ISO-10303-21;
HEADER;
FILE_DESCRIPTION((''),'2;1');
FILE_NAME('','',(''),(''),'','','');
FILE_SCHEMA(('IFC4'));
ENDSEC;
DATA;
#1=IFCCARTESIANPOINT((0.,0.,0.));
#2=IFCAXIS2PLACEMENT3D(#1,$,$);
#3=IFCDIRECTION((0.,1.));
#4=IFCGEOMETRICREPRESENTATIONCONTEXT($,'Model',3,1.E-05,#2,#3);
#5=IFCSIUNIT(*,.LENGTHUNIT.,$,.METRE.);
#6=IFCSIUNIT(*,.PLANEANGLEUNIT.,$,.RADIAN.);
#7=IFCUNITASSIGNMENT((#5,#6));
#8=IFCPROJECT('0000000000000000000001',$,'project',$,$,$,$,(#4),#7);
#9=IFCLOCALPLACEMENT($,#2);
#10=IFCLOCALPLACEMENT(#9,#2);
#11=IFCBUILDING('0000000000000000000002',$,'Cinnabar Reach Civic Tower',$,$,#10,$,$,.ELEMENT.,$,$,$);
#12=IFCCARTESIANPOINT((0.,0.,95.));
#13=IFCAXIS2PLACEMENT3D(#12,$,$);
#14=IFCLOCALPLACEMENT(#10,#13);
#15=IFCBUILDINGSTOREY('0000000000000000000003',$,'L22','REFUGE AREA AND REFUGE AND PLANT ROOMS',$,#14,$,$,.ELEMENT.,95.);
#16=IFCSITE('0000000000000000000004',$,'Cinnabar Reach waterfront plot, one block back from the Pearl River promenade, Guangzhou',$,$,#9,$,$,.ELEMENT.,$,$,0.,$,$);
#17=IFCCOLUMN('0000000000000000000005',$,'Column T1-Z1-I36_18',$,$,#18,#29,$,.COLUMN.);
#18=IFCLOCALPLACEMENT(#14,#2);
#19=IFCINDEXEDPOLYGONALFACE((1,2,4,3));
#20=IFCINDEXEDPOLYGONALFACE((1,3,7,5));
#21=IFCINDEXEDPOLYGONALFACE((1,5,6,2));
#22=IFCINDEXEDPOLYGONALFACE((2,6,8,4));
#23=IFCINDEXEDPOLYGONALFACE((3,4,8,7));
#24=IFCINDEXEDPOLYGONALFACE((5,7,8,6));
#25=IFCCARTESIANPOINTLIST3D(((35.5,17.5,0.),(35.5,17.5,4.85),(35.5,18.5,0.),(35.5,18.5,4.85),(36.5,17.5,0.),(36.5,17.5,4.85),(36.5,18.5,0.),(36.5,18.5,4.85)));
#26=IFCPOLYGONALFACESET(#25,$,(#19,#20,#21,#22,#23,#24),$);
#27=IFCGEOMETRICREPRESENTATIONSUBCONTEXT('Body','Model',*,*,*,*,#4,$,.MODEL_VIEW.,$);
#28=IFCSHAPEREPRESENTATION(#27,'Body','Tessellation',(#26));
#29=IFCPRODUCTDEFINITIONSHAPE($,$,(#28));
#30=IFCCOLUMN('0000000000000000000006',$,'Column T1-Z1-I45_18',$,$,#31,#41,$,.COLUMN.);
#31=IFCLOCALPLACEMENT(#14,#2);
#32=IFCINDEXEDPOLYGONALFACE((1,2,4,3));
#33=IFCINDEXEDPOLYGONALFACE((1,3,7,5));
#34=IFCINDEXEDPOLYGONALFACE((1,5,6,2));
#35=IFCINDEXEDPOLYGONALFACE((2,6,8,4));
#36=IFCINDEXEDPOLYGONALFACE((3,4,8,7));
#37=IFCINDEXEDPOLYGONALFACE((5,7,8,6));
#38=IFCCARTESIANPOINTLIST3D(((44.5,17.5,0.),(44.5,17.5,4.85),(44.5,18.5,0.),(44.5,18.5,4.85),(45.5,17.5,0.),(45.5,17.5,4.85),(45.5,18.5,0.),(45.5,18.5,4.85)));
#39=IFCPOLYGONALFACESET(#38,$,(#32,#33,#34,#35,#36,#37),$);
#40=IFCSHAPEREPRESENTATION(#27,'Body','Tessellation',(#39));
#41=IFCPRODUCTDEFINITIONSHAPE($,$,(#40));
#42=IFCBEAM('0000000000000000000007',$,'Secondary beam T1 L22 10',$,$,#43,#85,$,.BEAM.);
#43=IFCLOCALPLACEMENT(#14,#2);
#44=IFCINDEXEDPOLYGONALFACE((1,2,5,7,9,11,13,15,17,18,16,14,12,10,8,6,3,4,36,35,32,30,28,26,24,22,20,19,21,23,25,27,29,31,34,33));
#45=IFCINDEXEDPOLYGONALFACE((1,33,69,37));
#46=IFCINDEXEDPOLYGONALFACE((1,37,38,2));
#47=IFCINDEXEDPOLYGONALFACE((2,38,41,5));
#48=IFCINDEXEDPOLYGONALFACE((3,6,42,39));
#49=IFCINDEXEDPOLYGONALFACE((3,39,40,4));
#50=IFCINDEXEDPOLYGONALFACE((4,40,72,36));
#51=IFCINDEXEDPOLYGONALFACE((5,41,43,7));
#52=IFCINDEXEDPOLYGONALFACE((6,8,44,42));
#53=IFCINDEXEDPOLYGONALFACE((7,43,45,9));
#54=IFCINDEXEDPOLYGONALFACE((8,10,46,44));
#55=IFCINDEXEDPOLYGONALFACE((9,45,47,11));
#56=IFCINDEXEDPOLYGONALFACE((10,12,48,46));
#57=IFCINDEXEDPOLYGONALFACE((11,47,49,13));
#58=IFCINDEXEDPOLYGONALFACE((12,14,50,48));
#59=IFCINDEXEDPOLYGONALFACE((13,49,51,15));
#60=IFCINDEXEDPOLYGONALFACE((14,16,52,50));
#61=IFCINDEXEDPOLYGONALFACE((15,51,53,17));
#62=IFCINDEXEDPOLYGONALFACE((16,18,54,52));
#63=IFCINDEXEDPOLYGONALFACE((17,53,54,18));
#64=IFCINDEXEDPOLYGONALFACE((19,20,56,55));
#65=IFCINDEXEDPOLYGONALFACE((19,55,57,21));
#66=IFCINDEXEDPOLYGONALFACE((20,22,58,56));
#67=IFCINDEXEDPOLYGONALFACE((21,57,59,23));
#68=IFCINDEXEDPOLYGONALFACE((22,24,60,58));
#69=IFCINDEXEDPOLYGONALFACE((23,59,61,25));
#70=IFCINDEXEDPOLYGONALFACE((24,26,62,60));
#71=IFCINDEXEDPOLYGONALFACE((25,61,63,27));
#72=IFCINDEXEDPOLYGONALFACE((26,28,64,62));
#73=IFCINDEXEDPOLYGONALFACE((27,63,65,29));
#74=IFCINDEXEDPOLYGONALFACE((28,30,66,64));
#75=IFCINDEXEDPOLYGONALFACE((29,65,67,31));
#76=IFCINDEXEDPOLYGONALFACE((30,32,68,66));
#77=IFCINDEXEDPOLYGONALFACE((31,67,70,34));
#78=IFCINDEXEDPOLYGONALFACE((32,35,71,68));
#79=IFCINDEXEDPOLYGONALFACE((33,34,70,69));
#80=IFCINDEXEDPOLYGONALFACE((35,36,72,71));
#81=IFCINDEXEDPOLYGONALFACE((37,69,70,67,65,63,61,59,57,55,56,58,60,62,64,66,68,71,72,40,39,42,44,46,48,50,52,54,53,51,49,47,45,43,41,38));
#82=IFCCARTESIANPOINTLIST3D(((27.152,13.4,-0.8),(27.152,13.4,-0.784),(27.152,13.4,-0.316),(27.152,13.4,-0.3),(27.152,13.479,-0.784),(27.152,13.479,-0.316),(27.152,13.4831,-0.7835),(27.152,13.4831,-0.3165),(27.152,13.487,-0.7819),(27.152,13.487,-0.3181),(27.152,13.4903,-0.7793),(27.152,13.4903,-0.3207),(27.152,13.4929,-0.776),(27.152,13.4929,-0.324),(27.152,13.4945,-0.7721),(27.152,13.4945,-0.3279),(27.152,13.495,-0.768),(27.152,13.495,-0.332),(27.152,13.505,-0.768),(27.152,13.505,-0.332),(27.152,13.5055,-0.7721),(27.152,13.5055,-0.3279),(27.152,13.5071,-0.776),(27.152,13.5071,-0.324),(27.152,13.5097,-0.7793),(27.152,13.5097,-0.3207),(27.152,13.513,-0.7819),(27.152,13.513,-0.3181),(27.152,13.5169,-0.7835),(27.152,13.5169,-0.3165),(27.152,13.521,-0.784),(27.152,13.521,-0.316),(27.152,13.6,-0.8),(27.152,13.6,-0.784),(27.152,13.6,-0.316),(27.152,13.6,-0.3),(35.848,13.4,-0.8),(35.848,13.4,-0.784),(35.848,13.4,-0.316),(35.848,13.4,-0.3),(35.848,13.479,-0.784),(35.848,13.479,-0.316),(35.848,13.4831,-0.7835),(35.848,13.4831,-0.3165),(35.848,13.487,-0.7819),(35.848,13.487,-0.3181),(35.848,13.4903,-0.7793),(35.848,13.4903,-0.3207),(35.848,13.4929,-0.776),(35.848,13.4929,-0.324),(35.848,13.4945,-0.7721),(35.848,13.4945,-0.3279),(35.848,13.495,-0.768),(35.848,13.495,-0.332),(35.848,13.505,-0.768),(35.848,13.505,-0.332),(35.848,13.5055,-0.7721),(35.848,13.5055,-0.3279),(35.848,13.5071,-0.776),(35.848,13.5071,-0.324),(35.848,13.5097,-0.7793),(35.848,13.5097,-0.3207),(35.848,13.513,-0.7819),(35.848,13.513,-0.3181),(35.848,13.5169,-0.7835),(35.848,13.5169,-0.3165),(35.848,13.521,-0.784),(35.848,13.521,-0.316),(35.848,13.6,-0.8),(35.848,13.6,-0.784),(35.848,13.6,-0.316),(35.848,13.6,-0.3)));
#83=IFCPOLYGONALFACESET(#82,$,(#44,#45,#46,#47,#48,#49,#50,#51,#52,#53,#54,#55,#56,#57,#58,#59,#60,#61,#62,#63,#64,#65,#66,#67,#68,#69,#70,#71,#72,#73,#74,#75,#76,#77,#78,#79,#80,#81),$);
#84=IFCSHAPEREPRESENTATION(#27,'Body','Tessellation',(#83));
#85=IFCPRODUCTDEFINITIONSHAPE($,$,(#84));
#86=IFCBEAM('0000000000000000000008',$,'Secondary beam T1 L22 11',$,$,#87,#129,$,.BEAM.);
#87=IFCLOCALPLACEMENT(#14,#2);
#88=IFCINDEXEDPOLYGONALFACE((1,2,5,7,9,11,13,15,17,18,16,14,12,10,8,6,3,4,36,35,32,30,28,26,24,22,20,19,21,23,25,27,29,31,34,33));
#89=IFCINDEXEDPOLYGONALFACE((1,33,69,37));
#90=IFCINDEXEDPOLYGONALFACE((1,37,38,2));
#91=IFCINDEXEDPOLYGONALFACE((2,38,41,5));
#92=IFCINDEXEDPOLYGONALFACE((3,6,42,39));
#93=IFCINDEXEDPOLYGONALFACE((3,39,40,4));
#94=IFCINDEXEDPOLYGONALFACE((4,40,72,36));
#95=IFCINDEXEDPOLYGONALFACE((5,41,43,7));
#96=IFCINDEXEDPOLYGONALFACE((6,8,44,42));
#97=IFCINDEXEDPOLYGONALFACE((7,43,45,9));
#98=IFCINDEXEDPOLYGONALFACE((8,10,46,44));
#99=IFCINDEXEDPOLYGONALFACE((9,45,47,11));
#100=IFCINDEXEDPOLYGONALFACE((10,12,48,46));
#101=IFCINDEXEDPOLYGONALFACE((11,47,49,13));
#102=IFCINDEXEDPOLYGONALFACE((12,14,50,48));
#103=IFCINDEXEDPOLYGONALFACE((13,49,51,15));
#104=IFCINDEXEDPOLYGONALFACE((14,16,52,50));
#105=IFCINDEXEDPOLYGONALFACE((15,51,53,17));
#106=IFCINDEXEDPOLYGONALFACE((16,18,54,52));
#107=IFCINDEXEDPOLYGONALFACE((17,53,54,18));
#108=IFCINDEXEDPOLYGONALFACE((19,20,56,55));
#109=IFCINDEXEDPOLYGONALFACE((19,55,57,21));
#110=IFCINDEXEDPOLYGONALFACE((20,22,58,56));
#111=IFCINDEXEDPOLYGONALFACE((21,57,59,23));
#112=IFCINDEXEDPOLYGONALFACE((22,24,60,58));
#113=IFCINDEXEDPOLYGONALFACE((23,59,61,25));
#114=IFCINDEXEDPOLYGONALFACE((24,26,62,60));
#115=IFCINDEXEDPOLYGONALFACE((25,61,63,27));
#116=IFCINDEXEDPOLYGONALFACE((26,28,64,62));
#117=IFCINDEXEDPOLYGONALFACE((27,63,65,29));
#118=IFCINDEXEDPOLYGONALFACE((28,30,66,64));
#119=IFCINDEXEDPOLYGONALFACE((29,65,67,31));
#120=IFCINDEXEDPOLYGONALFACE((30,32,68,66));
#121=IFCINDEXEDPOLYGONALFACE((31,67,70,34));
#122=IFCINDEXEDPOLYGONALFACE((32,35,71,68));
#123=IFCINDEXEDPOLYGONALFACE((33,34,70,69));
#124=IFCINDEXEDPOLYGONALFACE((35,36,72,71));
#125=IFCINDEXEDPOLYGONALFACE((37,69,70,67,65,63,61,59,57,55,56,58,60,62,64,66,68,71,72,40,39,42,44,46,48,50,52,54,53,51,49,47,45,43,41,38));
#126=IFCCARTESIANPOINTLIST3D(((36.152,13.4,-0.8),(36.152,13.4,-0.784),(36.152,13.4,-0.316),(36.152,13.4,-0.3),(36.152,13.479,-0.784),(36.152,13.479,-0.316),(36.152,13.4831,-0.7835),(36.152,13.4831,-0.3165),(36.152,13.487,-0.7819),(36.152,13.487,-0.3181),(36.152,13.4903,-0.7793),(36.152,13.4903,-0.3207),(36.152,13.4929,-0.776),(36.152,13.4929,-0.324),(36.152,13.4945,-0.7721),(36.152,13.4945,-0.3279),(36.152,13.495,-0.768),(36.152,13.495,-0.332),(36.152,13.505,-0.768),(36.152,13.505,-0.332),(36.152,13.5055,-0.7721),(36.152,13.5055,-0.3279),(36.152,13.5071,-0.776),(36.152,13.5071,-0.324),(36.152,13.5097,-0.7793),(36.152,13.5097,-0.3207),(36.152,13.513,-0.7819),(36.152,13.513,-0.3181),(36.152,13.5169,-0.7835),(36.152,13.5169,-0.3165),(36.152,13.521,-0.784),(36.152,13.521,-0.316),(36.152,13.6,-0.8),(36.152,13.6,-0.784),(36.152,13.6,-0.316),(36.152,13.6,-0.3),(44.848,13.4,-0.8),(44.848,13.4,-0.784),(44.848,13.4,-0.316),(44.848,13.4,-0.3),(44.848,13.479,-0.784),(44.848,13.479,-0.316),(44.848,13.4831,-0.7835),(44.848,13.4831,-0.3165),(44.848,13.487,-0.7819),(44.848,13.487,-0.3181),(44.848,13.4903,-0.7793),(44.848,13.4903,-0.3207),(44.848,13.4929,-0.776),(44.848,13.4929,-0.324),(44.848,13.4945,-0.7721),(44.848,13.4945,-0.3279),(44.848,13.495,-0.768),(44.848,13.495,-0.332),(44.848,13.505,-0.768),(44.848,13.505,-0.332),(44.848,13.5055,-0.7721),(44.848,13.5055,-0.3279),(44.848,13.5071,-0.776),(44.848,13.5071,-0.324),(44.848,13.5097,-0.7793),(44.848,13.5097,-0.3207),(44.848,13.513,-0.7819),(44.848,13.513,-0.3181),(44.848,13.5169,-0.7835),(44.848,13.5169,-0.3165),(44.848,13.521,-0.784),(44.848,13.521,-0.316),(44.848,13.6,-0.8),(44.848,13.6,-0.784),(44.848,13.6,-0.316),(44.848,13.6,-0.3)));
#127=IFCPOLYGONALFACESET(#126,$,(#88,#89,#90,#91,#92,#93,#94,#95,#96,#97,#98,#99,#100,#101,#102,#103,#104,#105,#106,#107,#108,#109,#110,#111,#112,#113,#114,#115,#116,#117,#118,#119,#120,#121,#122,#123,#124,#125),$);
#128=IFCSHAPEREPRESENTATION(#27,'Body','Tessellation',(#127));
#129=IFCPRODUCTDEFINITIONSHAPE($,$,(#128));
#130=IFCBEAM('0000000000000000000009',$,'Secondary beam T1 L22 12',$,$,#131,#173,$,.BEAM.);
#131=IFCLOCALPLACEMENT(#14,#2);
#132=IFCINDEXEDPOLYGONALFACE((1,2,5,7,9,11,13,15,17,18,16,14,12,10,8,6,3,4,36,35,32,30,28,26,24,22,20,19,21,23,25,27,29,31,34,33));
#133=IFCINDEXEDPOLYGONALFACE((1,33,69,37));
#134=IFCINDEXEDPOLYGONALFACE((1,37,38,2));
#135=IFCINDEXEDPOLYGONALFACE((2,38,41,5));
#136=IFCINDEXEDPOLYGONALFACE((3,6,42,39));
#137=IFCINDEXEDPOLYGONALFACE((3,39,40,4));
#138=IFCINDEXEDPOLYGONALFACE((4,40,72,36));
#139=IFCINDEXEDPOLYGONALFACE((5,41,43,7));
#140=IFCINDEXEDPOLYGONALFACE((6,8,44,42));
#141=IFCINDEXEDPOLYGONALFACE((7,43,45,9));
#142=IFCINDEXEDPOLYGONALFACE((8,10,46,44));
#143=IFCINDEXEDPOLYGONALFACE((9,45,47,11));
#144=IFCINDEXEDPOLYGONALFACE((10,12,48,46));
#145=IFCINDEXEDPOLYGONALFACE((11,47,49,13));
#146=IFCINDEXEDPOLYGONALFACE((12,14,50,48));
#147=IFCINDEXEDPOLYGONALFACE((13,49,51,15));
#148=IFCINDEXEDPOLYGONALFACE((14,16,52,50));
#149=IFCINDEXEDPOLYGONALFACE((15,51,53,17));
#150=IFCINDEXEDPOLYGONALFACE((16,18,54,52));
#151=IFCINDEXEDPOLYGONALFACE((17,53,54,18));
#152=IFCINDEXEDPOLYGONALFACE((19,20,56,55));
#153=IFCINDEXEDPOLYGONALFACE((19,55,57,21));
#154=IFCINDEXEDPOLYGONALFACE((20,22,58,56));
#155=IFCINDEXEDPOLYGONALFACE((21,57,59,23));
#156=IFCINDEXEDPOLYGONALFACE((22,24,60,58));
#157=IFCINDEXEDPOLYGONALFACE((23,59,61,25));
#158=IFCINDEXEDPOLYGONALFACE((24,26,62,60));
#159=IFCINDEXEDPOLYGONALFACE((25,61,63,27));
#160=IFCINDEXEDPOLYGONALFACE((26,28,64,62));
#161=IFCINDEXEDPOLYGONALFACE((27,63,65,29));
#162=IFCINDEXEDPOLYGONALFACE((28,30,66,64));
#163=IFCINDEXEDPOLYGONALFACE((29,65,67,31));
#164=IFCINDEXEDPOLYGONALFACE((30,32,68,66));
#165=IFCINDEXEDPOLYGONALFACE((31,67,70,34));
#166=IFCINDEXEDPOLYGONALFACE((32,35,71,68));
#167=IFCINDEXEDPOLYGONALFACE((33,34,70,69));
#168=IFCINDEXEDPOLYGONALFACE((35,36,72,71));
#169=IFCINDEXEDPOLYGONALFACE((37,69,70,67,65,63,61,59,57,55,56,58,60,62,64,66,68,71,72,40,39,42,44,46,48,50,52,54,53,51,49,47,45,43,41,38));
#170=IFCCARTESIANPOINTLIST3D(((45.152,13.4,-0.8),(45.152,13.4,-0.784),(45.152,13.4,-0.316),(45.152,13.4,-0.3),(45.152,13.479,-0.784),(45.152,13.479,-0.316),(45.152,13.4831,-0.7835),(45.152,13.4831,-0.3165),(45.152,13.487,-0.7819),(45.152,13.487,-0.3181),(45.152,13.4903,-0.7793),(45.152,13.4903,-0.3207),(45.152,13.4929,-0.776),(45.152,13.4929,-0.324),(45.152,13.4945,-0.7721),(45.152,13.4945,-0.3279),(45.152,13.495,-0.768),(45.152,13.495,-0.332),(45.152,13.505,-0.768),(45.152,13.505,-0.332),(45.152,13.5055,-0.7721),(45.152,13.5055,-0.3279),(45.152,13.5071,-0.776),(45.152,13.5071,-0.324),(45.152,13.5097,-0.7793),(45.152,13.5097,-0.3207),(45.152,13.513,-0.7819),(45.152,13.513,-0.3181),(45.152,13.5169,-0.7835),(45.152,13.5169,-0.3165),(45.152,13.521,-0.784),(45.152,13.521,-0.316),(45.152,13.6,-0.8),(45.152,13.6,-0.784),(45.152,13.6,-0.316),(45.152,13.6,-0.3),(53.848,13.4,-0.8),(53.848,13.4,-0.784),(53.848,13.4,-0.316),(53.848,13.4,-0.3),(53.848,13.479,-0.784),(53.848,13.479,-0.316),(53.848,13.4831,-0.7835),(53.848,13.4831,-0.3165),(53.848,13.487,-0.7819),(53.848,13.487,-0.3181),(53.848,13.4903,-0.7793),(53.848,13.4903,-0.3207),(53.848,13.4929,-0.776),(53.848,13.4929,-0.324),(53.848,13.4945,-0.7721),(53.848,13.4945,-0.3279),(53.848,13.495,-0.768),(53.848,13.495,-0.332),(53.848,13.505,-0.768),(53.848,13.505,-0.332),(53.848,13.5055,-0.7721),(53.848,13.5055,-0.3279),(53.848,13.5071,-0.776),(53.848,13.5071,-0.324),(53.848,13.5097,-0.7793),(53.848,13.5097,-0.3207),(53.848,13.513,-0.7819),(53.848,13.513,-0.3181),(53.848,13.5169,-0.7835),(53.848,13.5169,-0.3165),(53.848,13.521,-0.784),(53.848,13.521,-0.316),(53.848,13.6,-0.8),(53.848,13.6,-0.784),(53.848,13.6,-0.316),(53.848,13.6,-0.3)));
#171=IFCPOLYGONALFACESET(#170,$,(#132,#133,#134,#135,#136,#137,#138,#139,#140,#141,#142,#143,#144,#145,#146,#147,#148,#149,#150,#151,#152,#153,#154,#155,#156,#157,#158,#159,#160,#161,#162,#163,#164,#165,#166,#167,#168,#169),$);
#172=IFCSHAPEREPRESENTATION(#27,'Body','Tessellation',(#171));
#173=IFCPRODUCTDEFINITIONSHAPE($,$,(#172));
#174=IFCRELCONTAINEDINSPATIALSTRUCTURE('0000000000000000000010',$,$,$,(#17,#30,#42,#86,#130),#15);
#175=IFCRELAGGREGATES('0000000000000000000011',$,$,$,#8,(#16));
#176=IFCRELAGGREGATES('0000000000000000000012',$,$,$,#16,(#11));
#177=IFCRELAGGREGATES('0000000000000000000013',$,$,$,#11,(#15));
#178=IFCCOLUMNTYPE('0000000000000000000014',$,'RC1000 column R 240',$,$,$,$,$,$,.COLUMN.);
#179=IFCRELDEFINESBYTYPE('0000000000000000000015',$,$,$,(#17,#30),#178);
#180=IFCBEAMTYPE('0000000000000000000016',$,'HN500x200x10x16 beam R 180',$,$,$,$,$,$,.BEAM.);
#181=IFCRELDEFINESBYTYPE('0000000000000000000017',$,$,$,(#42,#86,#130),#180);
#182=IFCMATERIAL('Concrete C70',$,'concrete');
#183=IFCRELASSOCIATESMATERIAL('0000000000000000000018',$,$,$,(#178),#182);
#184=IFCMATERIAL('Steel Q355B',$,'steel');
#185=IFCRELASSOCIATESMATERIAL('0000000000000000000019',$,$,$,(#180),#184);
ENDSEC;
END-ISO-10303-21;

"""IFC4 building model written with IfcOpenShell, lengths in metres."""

from ifc_helpers import new_model, si_unit, direction, frame, origin, origin_2d, place, context, subcontext, project, spatial, rectangle, i_section, extrude, material, material_profile, profile_set, type_object, element, save


model = new_model("IFC4")

# Units and contexts
model_context = context("Model", 3, precision=1e-05, world=origin(), true_north=direction((0.0, 1.0)))
body_context = subcontext(model_context, "Body", "Model", "MODEL_VIEW")
ifc_project = project(units=[si_unit("LENGTHUNIT", "METRE"), si_unit("PLANEANGLEUNIT", "RADIAN")], contexts=[model_context])

# Site, building, storey
site_placement = place(None, origin())
site = spatial("IfcSite", under=ifc_project, at=site_placement, Name="Cinnabar Reach waterfront plot, one block back from the Pearl River promenade, Guangzhou", CompositionType="ELEMENT", RefElevation=0.0)
building_placement = place(site_placement, origin())
building = spatial("IfcBuilding", under=site, at=building_placement, Name="Cinnabar Reach Civic Tower", CompositionType="ELEMENT")
storey_placement = place(building_placement, frame((0.0, 0.0, 95.0)))
storey = spatial("IfcBuildingStorey", under=building, at=storey_placement, Name="L22", Description="REFUGE AREA AND REFUGE AND PLANT ROOMS", CompositionType="ELEMENT", Elevation=95.0)

# Columns
ifc_material_1 = material(Name="Concrete C70", Category="concrete")
ifc_material_profile_1 = material_profile(ifc_material_1, rectangle(XDim=1.0, YDim=1.0, at=origin_2d()), Name="RC1000")
ifc_profile_set_1 = profile_set([ifc_material_profile_1], Name="Concrete C70")
column_type = type_object("IfcColumnType", Name="RC1000 column R 240", PredefinedType="COLUMN", material=ifc_profile_set_1)
for number, where, z_axis, x_axis, name in (
    (1, (36.0, 18.0, 0.0), (0.0, 0.0, 1.0), (1.0, 0.0, 0.0), "Column T1-Z1-I36_18"),
    (2, (45.0, 18.0, 0.0), (0.0, 0.0, 1.0), (1.0, 0.0, 0.0), "Column T1-Z1-I45_18"),
):
    element("IfcColumn", number, at=place(storey_placement, frame(where, z_axis=z_axis, x_axis=x_axis)), inside=storey, type_object=column_type, Name=name, PredefinedType="COLUMN", context=body_context, shape_type="SweptSolid", body=[
        extrude(rectangle(XDim=1.0, YDim=1.0, at=origin_2d()), origin(), (0.0, 0.0, 1.0), 4.85),
    ])

# Beams
ifc_material_2 = material(Name="Steel Q355B", Category="steel")
ifc_material_profile_2 = material_profile(ifc_material_2, i_section(OverallWidth=0.2, OverallDepth=0.5, WebThickness=0.01, FlangeThickness=0.016, FilletRadius=0.016, at=origin_2d()), Name="HN500x200x10x16")
ifc_profile_set_2 = profile_set([ifc_material_profile_2], Name="Steel Q355B")
beam_type_1 = type_object("IfcBeamType", Name="HN500x200x10x16 beam R 180", PredefinedType="BEAM", material=ifc_profile_set_2)
for number, where, z_axis, x_axis, name in (
    (3, (27.152, 13.5, -0.55), (1.0, 0.0, 0.0), (0.0, 1.0, 0.0), "Secondary beam T1 L22 10"),
    (4, (36.152, 13.5, -0.55), (1.0, 0.0, 0.0), (0.0, 1.0, 0.0), "Secondary beam T1 L22 11"),
    (5, (45.152, 13.5, -0.55), (1.0, 0.0, 0.0), (0.0, 1.0, 0.0), "Secondary beam T1 L22 12"),
):
    element("IfcBeam", number, at=place(storey_placement, frame(where, z_axis=z_axis, x_axis=x_axis)), inside=storey, type_object=beam_type_1, Name=name, PredefinedType="BEAM", context=body_context, shape_type="SweptSolid", body=[
        extrude(i_section(OverallWidth=0.2, OverallDepth=0.5, WebThickness=0.01, FlangeThickness=0.016, FilletRadius=0.016, at=origin_2d()), origin(), (0.0, 0.0, 1.0), 8.696),
    ])

save(model, "model.ifc")
